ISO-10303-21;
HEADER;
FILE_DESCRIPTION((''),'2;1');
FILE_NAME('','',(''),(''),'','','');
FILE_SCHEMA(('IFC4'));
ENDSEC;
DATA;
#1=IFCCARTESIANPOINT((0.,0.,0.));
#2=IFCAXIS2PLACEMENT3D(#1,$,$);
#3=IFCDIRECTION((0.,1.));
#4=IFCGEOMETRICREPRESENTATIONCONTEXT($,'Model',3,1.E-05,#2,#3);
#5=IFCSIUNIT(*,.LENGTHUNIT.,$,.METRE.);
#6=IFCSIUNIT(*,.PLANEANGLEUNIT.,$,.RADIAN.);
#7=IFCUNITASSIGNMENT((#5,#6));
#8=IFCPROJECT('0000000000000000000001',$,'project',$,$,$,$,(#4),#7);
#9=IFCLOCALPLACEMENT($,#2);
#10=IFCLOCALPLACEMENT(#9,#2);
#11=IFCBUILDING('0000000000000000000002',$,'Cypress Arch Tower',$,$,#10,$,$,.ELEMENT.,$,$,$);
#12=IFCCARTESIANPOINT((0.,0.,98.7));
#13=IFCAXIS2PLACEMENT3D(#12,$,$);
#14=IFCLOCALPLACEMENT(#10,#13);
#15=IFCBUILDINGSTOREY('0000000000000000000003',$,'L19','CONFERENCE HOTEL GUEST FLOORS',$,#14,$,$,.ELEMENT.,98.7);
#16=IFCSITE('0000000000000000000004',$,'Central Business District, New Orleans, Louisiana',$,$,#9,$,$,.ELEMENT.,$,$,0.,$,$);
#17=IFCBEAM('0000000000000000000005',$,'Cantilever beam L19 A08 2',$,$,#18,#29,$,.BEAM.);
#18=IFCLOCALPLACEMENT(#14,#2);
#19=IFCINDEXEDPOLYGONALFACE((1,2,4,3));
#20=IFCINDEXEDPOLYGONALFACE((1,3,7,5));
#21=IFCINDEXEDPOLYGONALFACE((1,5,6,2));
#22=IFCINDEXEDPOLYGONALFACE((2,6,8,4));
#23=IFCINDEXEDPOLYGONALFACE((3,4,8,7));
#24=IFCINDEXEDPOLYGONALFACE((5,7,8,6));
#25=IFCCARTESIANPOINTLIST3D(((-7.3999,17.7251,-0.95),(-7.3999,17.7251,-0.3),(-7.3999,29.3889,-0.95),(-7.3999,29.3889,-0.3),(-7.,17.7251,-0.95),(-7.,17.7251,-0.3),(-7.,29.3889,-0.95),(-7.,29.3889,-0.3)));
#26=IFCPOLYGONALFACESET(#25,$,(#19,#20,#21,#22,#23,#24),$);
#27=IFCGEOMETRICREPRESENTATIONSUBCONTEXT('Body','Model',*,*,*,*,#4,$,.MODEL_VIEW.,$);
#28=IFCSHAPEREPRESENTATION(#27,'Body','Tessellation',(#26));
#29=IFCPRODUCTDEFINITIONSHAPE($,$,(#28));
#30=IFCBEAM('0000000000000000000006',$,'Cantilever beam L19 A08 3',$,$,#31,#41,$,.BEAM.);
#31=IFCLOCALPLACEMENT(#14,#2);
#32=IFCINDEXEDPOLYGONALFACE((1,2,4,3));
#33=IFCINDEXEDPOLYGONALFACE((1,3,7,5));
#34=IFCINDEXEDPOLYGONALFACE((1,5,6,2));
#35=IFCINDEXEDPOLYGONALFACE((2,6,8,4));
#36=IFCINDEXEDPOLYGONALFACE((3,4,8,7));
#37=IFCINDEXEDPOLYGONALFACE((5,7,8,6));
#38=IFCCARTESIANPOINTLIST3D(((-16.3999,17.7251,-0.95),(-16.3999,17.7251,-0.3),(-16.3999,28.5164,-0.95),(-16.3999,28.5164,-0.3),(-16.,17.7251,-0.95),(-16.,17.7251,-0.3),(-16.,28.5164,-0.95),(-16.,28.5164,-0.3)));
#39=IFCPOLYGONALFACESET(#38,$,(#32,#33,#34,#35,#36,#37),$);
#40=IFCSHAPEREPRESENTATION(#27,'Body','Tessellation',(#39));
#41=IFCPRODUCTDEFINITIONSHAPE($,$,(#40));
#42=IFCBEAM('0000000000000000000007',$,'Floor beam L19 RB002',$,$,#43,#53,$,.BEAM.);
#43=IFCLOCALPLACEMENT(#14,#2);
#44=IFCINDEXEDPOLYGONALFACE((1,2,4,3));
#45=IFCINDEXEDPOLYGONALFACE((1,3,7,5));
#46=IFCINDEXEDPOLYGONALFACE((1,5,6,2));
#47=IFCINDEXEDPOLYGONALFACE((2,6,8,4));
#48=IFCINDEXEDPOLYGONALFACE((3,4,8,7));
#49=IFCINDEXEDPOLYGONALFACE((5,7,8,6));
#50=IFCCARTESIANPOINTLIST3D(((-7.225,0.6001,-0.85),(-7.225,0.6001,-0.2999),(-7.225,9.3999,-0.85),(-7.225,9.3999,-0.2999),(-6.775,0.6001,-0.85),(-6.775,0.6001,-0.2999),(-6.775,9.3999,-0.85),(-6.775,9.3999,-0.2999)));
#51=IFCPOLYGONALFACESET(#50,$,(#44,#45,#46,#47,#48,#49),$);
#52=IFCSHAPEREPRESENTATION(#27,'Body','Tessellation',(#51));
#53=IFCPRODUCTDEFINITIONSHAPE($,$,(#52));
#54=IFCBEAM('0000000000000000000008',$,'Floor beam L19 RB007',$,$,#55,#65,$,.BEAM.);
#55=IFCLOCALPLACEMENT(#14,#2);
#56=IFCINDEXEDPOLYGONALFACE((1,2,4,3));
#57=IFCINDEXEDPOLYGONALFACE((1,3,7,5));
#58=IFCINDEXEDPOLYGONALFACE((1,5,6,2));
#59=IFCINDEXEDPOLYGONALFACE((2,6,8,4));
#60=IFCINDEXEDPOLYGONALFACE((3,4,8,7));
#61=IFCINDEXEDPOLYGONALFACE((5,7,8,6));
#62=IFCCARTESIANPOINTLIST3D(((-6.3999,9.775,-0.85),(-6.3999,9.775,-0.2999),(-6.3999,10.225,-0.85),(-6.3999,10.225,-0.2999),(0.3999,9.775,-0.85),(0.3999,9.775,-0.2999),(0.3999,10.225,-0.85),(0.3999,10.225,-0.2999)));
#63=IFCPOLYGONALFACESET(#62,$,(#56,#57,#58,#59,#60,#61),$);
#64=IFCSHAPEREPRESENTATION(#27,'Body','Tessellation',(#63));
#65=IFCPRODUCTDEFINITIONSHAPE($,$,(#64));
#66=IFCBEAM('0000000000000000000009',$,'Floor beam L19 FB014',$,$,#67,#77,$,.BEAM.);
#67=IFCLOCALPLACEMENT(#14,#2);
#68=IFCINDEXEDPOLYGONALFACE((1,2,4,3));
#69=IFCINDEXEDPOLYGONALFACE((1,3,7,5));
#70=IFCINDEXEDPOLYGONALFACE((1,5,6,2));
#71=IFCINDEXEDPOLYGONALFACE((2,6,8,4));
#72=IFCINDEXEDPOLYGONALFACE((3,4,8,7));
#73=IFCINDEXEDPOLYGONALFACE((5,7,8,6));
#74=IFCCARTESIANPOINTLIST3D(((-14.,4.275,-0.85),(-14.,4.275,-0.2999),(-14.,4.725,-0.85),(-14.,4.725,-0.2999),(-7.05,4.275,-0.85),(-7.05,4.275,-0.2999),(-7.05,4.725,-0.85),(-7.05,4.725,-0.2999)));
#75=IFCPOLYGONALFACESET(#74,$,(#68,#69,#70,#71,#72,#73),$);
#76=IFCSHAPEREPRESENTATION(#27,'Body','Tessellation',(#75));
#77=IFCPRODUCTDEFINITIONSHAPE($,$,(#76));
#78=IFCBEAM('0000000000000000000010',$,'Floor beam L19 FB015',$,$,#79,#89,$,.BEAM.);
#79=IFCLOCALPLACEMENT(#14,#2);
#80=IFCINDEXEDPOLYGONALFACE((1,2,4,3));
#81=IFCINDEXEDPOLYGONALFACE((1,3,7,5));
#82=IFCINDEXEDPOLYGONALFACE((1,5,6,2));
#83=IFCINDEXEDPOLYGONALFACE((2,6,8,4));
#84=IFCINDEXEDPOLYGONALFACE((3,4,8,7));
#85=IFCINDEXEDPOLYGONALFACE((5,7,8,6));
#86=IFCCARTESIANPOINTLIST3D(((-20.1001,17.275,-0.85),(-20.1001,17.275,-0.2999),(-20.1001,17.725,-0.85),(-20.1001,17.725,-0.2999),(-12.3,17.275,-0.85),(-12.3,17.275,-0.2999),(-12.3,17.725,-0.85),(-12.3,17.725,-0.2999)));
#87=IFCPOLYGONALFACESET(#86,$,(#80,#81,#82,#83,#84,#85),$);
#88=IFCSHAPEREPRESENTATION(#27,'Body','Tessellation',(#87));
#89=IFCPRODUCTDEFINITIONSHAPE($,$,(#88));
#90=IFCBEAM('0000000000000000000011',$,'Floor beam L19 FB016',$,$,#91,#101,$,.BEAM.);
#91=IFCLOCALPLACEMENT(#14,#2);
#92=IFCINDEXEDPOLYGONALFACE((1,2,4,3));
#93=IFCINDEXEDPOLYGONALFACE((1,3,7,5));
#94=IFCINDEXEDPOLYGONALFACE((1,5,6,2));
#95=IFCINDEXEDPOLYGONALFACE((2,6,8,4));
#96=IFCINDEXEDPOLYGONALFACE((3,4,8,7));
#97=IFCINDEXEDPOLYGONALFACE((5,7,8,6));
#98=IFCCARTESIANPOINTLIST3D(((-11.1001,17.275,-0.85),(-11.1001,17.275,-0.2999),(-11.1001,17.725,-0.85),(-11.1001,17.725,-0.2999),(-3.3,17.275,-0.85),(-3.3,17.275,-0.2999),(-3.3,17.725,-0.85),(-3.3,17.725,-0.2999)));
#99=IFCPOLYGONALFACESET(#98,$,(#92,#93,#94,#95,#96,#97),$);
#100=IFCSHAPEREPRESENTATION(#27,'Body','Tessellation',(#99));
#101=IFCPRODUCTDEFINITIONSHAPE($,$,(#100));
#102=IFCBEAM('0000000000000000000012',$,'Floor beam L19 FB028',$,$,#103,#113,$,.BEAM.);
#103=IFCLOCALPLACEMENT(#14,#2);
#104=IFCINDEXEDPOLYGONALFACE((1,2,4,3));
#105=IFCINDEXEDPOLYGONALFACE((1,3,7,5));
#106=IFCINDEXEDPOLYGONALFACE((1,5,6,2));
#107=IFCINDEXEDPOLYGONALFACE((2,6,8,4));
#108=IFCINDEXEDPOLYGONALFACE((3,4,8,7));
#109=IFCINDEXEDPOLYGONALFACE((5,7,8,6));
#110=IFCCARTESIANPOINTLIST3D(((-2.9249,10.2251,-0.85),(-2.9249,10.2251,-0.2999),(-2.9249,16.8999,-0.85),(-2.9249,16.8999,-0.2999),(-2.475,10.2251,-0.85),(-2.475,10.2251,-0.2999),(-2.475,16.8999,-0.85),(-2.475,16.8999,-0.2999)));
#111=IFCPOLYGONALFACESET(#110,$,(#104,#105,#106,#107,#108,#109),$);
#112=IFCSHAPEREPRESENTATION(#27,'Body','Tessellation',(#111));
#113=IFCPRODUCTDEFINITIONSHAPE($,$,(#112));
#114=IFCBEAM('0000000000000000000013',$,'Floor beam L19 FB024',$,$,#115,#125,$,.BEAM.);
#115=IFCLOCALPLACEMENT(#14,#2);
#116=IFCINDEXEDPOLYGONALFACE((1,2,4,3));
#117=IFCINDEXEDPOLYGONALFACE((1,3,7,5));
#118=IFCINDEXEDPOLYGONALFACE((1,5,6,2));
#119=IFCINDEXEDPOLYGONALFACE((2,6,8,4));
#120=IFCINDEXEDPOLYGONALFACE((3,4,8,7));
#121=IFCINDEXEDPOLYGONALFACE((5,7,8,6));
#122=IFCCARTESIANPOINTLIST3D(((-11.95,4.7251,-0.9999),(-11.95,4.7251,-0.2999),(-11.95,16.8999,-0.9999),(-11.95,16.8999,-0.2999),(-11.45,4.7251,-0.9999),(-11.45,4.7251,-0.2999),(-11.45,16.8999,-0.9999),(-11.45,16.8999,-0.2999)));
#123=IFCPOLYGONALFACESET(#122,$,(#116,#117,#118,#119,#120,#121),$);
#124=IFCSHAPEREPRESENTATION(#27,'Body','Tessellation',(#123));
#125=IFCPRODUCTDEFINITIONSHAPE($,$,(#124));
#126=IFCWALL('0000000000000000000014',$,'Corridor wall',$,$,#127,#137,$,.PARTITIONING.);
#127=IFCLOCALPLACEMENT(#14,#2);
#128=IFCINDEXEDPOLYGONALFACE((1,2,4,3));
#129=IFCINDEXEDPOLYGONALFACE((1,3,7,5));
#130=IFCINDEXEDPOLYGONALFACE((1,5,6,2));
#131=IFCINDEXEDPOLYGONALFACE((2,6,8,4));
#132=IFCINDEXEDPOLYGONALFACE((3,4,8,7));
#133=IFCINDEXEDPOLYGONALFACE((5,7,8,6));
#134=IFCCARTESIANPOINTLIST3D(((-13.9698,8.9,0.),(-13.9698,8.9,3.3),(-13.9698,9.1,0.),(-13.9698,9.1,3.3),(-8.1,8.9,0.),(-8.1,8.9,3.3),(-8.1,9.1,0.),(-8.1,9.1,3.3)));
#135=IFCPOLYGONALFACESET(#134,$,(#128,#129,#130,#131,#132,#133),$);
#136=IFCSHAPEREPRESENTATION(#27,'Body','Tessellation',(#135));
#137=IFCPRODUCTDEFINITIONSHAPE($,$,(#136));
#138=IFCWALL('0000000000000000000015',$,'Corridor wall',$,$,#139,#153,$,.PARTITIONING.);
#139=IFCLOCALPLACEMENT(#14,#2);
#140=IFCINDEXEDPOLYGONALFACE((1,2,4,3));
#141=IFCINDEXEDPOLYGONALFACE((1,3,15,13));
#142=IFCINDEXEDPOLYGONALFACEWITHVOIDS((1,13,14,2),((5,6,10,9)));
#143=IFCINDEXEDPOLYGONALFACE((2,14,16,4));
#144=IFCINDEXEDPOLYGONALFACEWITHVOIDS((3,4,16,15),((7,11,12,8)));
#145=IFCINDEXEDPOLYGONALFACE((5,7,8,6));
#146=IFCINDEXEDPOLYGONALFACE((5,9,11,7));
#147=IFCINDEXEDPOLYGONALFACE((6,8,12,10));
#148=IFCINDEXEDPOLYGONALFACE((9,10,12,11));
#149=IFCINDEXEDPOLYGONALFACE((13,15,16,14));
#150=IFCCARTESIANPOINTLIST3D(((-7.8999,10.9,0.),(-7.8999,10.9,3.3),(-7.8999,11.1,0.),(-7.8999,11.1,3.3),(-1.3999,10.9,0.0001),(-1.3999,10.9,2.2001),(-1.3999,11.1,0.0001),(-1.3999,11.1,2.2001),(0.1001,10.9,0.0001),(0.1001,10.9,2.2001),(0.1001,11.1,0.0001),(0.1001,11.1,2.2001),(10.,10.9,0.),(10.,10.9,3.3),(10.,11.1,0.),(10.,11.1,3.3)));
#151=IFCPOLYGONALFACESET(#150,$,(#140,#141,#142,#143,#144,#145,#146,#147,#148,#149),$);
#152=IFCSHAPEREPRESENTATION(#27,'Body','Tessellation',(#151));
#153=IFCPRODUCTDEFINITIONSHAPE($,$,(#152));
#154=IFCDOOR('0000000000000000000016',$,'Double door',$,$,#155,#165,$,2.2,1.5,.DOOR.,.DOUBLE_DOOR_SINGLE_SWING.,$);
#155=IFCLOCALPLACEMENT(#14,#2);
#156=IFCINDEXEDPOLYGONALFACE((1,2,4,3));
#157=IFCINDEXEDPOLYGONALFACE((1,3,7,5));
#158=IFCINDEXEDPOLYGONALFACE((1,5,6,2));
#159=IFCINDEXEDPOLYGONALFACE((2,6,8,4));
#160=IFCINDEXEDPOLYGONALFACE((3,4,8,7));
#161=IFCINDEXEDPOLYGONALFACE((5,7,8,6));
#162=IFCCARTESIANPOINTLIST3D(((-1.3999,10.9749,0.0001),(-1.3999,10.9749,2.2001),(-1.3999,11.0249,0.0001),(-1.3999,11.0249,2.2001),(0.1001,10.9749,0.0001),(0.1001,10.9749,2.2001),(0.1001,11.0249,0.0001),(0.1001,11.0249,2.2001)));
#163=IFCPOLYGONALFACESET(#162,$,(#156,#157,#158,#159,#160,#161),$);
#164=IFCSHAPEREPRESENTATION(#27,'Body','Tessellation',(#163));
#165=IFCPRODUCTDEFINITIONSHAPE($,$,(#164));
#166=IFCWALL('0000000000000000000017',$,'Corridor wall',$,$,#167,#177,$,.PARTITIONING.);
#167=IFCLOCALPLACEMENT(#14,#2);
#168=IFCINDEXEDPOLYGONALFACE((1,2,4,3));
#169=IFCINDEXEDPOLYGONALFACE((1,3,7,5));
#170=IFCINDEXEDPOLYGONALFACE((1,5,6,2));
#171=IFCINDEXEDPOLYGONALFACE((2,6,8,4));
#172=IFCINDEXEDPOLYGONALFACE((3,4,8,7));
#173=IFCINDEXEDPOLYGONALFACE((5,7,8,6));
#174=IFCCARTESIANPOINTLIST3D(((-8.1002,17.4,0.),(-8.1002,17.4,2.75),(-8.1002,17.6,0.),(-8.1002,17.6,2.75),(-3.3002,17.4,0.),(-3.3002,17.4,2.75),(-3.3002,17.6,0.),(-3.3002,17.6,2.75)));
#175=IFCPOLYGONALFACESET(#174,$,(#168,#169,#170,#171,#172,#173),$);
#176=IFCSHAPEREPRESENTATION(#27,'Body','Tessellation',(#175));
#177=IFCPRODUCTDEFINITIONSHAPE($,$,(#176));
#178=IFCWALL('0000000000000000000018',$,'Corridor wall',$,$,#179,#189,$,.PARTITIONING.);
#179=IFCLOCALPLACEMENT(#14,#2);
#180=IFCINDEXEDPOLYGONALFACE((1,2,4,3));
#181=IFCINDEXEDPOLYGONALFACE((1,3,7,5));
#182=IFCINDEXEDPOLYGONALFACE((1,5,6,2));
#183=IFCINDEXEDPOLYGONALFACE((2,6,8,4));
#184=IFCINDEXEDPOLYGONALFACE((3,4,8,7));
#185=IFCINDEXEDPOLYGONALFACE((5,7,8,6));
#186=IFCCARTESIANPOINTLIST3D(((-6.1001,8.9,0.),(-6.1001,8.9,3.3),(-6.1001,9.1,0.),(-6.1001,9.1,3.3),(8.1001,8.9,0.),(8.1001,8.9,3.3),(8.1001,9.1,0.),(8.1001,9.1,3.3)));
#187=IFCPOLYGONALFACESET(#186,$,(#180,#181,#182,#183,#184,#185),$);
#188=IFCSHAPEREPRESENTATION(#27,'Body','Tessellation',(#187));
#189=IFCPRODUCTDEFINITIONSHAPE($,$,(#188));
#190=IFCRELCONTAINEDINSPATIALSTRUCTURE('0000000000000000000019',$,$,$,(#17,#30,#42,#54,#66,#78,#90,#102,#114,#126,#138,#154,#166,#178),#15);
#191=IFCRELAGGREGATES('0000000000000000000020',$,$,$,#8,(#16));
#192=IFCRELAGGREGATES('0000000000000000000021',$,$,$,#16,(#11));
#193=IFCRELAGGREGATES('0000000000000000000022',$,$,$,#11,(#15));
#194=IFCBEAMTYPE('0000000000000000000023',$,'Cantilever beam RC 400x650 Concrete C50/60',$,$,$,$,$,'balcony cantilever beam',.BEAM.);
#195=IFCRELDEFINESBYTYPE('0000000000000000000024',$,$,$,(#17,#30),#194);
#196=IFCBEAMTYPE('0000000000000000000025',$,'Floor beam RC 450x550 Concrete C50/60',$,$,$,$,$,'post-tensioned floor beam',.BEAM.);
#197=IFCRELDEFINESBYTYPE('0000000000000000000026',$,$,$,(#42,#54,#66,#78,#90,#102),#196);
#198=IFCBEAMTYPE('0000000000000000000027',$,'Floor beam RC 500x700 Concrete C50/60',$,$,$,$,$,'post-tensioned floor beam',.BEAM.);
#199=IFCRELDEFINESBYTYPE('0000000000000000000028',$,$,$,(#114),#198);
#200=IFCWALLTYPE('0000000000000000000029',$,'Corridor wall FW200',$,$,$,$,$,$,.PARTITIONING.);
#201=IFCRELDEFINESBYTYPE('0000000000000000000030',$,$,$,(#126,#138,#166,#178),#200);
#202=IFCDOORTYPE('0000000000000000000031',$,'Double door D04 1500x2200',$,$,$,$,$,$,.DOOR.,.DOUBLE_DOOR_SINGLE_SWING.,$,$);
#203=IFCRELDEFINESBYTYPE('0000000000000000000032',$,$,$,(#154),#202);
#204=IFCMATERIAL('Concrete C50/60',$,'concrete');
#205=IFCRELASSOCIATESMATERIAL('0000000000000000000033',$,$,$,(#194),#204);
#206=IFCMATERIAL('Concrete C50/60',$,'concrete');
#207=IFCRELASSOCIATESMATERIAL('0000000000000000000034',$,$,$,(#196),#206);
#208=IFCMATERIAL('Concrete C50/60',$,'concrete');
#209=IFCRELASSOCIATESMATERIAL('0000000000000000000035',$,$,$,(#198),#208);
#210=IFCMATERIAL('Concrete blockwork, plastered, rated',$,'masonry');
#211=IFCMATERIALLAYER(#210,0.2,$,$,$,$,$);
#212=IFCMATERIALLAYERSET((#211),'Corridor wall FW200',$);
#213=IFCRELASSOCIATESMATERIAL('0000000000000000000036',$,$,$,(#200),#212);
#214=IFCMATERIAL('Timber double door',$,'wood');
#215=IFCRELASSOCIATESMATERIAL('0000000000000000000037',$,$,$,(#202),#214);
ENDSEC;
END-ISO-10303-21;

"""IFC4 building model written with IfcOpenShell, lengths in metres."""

from ifc_helpers import new_model, si_unit, direction, frame, frame_2d, origin, origin_2d, place, context, subcontext, project, spatial, rectangle, extrude, material, layer, layer_set, material_profile, profile_set, type_object, element, fill, save


model = new_model("IFC4")

# Units and contexts
model_context = context("Model", 3, precision=1e-05, world=origin(), true_north=direction((0.0, 1.0)))
body_context = subcontext(model_context, "Body", "Model", "MODEL_VIEW")
ifc_project = project(units=[si_unit("LENGTHUNIT", "METRE"), si_unit("PLANEANGLEUNIT", "RADIAN")], contexts=[model_context])

# Site, building, storey
site_placement = place(None, origin())
site = spatial("IfcSite", under=ifc_project, at=site_placement, Name="Central Business District, New Orleans, Louisiana", CompositionType="ELEMENT", RefElevation=0.0)
building_placement = place(site_placement, origin())
building = spatial("IfcBuilding", under=site, at=building_placement, Name="Cypress Arch Tower", CompositionType="ELEMENT")
storey_placement = place(building_placement, frame((0.0, 0.0, 98.7)))
storey = spatial("IfcBuildingStorey", under=building, at=storey_placement, Name="L19", Description="CONFERENCE HOTEL GUEST FLOORS", CompositionType="ELEMENT", Elevation=98.7)

# Beams
ifc_material_1 = material(Name="Concrete C50/60", Category="concrete")
ifc_material_profile_1 = material_profile(ifc_material_1, rectangle(XDim=0.3999, YDim=0.6499, at=origin_2d()), Name="RC 400x650")
ifc_profile_set_1 = profile_set([ifc_material_profile_1], Name="Concrete C50/60")
beam_type_1 = type_object("IfcBeamType", Name="Cantilever beam RC 400x650 Concrete C50/60", ElementType="balcony cantilever beam", PredefinedType="BEAM", material=ifc_profile_set_1)
beam_1_placement = place(storey_placement, frame((-7.2, 17.7251, -0.625), z_axis=(0.0, 1.0, 0.0), x_axis=(-1.0, 0.0, 0.0)))
element("IfcBeam", 1, at=beam_1_placement, inside=storey, type_object=beam_type_1, Name="Cantilever beam L19 A08 2", PredefinedType="BEAM", context=body_context, shape_type="SweptSolid", body=[
    extrude(rectangle(XDim=0.3999, YDim=0.6499, at=origin_2d()), origin(), (0.0, 0.0, 1.0), 11.6638),
])
beam_2_placement = place(storey_placement, frame((-16.2, 17.7251, -0.625), z_axis=(0.0, 1.0, 0.0), x_axis=(-1.0, 0.0, 0.0)))
element("IfcBeam", 2, at=beam_2_placement, inside=storey, type_object=beam_type_1, Name="Cantilever beam L19 A08 3", PredefinedType="BEAM", context=body_context, shape_type="SweptSolid", body=[
    extrude(rectangle(XDim=0.3999, YDim=0.6499, at=origin_2d()), origin(), (0.0, 0.0, 1.0), 10.7913),
])
ifc_material_2 = material(Name="Concrete C50/60", Category="concrete")
ifc_material_profile_2 = material_profile(ifc_material_2, rectangle(XDim=0.45, YDim=0.55, at=origin_2d()), Name="RC 450x550")
ifc_profile_set_2 = profile_set([ifc_material_profile_2], Name="Concrete C50/60")
beam_type_2 = type_object("IfcBeamType", Name="Floor beam RC 450x550 Concrete C50/60", ElementType="post-tensioned floor beam", PredefinedType="BEAM", material=ifc_profile_set_2)
beam_3_placement = place(storey_placement, frame((-7.0, 0.6001, -0.575), z_axis=(0.0, 1.0, 0.0), x_axis=(-1.0, 0.0, 0.0)))
element("IfcBeam", 3, at=beam_3_placement, inside=storey, type_object=beam_type_2, Name="Floor beam L19 RB002", PredefinedType="BEAM", context=body_context, shape_type="SweptSolid", body=[
    extrude(rectangle(XDim=0.45, YDim=0.55, at=origin_2d()), origin(), (0.0, 0.0, 1.0), 8.7998),
])
beam_4_placement = place(storey_placement, frame((-6.3999, 10.0, -0.575), z_axis=(1.0, 0.0, 0.0), x_axis=(0.0, 1.0, 0.0)))
element("IfcBeam", 4, at=beam_4_placement, inside=storey, type_object=beam_type_2, Name="Floor beam L19 RB007", PredefinedType="BEAM", context=body_context, shape_type="SweptSolid", body=[
    extrude(rectangle(XDim=0.45, YDim=0.55, at=origin_2d()), origin(), (0.0, 0.0, 1.0), 6.7998),
])
beam_5_placement = place(storey_placement, frame((-14.0, 4.5, -0.575), z_axis=(1.0, 0.0, 0.0), x_axis=(0.0, 1.0, 0.0)))
element("IfcBeam", 5, at=beam_5_placement, inside=storey, type_object=beam_type_2, Name="Floor beam L19 FB014", PredefinedType="BEAM", context=body_context, shape_type="SweptSolid", body=[
    extrude(rectangle(XDim=0.45, YDim=0.55, at=origin_2d()), origin(), (0.0, 0.0, 1.0), 6.95),
])
for number, where, z_axis, x_axis, name in (
    (6, (-20.1001, 17.5, -0.575), (1.0, 0.0, 0.0), (0.0, 1.0, 0.0), "Floor beam L19 FB015"),
    (7, (-11.1001, 17.5, -0.575), (1.0, 0.0, 0.0), (0.0, 1.0, 0.0), "Floor beam L19 FB016"),
):
    element("IfcBeam", number, at=place(storey_placement, frame(where, z_axis=z_axis, x_axis=x_axis)), inside=storey, type_object=beam_type_2, Name=name, PredefinedType="BEAM", context=body_context, shape_type="SweptSolid", body=[
        extrude(rectangle(XDim=0.45, YDim=0.55, at=origin_2d()), origin(), (0.0, 0.0, 1.0), 7.8),
    ])
beam_6_placement = place(storey_placement, frame((-2.7, 10.2251, -0.575), z_axis=(0.0, 1.0, 0.0), x_axis=(-1.0, 0.0, 0.0)))
element("IfcBeam", 8, at=beam_6_placement, inside=storey, type_object=beam_type_2, Name="Floor beam L19 FB028", PredefinedType="BEAM", context=body_context, shape_type="SweptSolid", body=[
    extrude(rectangle(XDim=0.45, YDim=0.55, at=origin_2d()), origin(), (0.0, 0.0, 1.0), 6.6748),
])
ifc_material_3 = material(Name="Concrete C50/60", Category="concrete")
ifc_material_profile_3 = material_profile(ifc_material_3, rectangle(XDim=0.5, YDim=0.7, at=origin_2d()), Name="RC 500x700")
ifc_profile_set_3 = profile_set([ifc_material_profile_3], Name="Concrete C50/60")
beam_type_3 = type_object("IfcBeamType", Name="Floor beam RC 500x700 Concrete C50/60", ElementType="post-tensioned floor beam", PredefinedType="BEAM", material=ifc_profile_set_3)
beam_7_placement = place(storey_placement, frame((-11.7, 4.7251, -0.6499), z_axis=(0.0, 1.0, 0.0), x_axis=(-1.0, 0.0, 0.0)))
element("IfcBeam", 9, at=beam_7_placement, inside=storey, type_object=beam_type_3, Name="Floor beam L19 FB024", PredefinedType="BEAM", context=body_context, shape_type="SweptSolid", body=[
    extrude(rectangle(XDim=0.5, YDim=0.7, at=origin_2d()), origin(), (0.0, 0.0, 1.0), 12.1748),
])

# Wall
ifc_material_4 = material(Name="Concrete blockwork, plastered, rated", Category="masonry")
ifc_layer_1 = layer(ifc_material_4, 0.2)
ifc_layer_set_1 = layer_set([ifc_layer_1], Name="Corridor wall FW200")
wall_type_1 = type_object("IfcWallType", Name="Corridor wall FW200", PredefinedType="PARTITIONING", material=ifc_layer_set_1)
wall_1_placement = place(storey_placement, frame((-13.97, 9.0, 0.0), z_axis=(0.0, 0.0, 1.0), x_axis=(1.0, 0.0, 0.0)))
element("IfcWall", 10, at=wall_1_placement, inside=storey, type_object=wall_type_1, Name="Corridor wall", PredefinedType="PARTITIONING", context=body_context, shape_type="SweptSolid", body=[
    extrude(rectangle(XDim=5.8699, YDim=0.2, at=frame_2d((2.9351, 0.0))), origin(), (0.0, 0.0, 1.0), 3.3),
])

# Wall, opening, door
wall_2_placement = place(storey_placement, frame((-7.8999, 11.0, 0.0), z_axis=(0.0, 0.0, 1.0), x_axis=(1.0, 0.0, 0.0)))
wall_2 = element("IfcWall", 11, at=wall_2_placement, inside=storey, type_object=wall_type_1, Name="Corridor wall", PredefinedType="PARTITIONING", context=body_context, shape_type="SweptSolid", body=[
    extrude(rectangle(XDim=17.8999, YDim=0.2, at=frame_2d((8.95, 0.0))), origin(), (0.0, 0.0, 1.0), 3.3),
])
opening_1_placement = place(wall_2_placement, frame((6.5, 0.0, 0.0)))
opening_1 = element("IfcOpeningElement", 12, at=opening_1_placement, cuts=wall_2, PredefinedType="OPENING", context=body_context, shape_type="SweptSolid", body=[
    extrude(rectangle(XDim=1.5, YDim=2.2, at=frame_2d((0.75, 1.1001))), frame((0.0, 0.1099, 0.0), z_axis=(0.0, -1.0, 0.0), x_axis=(1.0, 0.0, 0.0)), (0.0, 0.0, 1.0), 0.22),
])
ifc_material_5 = material(Name="Timber double door", Category="wood")
door_type_1 = type_object("IfcDoorType", Name="Double door D04 1500x2200", OperationType="DOUBLE_DOOR_SINGLE_SWING", PredefinedType="DOOR", material=ifc_material_5)
door_1_placement = place(opening_1_placement, origin())
door_1 = element("IfcDoor", 13, at=door_1_placement, inside=storey, type_object=door_type_1, Name="Double door", OperationType="DOUBLE_DOOR_SINGLE_SWING", OverallHeight=2.2, OverallWidth=1.5, PredefinedType="DOOR", context=body_context, shape_type="SweptSolid", body=[
    extrude(rectangle(XDim=1.5, YDim=2.2, at=frame_2d((0.75, 1.1001))), frame((0.0, 0.0249, 0.0), z_axis=(0.0, -1.0, 0.0), x_axis=(1.0, 0.0, 0.0)), (0.0, 0.0, 1.0), 0.05),
])
fill(opening_1, door_1)

# Walls
wall_3_placement = place(storey_placement, frame((-8.1001, 17.5, 0.0), z_axis=(0.0, 0.0, 1.0), x_axis=(1.0, 0.0, 0.0)))
element("IfcWall", 14, at=wall_3_placement, inside=storey, type_object=wall_type_1, Name="Corridor wall", PredefinedType="PARTITIONING", context=body_context, shape_type="SweptSolid", body=[
    extrude(rectangle(XDim=4.8, YDim=0.2, at=frame_2d((2.3999, 0.0))), origin(), (0.0, 0.0, 1.0), 2.75),
])
wall_4_placement = place(storey_placement, frame((-6.1001, 9.0, 0.0), z_axis=(0.0, 0.0, 1.0), x_axis=(1.0, 0.0, 0.0)))
element("IfcWall", 15, at=wall_4_placement, inside=storey, type_object=wall_type_1, Name="Corridor wall", PredefinedType="PARTITIONING", context=body_context, shape_type="SweptSolid", body=[
    extrude(rectangle(XDim=14.2002, YDim=0.2, at=frame_2d((7.1001, 0.0))), origin(), (0.0, 0.0, 1.0), 3.3),
])

save(model, "model.ifc")
